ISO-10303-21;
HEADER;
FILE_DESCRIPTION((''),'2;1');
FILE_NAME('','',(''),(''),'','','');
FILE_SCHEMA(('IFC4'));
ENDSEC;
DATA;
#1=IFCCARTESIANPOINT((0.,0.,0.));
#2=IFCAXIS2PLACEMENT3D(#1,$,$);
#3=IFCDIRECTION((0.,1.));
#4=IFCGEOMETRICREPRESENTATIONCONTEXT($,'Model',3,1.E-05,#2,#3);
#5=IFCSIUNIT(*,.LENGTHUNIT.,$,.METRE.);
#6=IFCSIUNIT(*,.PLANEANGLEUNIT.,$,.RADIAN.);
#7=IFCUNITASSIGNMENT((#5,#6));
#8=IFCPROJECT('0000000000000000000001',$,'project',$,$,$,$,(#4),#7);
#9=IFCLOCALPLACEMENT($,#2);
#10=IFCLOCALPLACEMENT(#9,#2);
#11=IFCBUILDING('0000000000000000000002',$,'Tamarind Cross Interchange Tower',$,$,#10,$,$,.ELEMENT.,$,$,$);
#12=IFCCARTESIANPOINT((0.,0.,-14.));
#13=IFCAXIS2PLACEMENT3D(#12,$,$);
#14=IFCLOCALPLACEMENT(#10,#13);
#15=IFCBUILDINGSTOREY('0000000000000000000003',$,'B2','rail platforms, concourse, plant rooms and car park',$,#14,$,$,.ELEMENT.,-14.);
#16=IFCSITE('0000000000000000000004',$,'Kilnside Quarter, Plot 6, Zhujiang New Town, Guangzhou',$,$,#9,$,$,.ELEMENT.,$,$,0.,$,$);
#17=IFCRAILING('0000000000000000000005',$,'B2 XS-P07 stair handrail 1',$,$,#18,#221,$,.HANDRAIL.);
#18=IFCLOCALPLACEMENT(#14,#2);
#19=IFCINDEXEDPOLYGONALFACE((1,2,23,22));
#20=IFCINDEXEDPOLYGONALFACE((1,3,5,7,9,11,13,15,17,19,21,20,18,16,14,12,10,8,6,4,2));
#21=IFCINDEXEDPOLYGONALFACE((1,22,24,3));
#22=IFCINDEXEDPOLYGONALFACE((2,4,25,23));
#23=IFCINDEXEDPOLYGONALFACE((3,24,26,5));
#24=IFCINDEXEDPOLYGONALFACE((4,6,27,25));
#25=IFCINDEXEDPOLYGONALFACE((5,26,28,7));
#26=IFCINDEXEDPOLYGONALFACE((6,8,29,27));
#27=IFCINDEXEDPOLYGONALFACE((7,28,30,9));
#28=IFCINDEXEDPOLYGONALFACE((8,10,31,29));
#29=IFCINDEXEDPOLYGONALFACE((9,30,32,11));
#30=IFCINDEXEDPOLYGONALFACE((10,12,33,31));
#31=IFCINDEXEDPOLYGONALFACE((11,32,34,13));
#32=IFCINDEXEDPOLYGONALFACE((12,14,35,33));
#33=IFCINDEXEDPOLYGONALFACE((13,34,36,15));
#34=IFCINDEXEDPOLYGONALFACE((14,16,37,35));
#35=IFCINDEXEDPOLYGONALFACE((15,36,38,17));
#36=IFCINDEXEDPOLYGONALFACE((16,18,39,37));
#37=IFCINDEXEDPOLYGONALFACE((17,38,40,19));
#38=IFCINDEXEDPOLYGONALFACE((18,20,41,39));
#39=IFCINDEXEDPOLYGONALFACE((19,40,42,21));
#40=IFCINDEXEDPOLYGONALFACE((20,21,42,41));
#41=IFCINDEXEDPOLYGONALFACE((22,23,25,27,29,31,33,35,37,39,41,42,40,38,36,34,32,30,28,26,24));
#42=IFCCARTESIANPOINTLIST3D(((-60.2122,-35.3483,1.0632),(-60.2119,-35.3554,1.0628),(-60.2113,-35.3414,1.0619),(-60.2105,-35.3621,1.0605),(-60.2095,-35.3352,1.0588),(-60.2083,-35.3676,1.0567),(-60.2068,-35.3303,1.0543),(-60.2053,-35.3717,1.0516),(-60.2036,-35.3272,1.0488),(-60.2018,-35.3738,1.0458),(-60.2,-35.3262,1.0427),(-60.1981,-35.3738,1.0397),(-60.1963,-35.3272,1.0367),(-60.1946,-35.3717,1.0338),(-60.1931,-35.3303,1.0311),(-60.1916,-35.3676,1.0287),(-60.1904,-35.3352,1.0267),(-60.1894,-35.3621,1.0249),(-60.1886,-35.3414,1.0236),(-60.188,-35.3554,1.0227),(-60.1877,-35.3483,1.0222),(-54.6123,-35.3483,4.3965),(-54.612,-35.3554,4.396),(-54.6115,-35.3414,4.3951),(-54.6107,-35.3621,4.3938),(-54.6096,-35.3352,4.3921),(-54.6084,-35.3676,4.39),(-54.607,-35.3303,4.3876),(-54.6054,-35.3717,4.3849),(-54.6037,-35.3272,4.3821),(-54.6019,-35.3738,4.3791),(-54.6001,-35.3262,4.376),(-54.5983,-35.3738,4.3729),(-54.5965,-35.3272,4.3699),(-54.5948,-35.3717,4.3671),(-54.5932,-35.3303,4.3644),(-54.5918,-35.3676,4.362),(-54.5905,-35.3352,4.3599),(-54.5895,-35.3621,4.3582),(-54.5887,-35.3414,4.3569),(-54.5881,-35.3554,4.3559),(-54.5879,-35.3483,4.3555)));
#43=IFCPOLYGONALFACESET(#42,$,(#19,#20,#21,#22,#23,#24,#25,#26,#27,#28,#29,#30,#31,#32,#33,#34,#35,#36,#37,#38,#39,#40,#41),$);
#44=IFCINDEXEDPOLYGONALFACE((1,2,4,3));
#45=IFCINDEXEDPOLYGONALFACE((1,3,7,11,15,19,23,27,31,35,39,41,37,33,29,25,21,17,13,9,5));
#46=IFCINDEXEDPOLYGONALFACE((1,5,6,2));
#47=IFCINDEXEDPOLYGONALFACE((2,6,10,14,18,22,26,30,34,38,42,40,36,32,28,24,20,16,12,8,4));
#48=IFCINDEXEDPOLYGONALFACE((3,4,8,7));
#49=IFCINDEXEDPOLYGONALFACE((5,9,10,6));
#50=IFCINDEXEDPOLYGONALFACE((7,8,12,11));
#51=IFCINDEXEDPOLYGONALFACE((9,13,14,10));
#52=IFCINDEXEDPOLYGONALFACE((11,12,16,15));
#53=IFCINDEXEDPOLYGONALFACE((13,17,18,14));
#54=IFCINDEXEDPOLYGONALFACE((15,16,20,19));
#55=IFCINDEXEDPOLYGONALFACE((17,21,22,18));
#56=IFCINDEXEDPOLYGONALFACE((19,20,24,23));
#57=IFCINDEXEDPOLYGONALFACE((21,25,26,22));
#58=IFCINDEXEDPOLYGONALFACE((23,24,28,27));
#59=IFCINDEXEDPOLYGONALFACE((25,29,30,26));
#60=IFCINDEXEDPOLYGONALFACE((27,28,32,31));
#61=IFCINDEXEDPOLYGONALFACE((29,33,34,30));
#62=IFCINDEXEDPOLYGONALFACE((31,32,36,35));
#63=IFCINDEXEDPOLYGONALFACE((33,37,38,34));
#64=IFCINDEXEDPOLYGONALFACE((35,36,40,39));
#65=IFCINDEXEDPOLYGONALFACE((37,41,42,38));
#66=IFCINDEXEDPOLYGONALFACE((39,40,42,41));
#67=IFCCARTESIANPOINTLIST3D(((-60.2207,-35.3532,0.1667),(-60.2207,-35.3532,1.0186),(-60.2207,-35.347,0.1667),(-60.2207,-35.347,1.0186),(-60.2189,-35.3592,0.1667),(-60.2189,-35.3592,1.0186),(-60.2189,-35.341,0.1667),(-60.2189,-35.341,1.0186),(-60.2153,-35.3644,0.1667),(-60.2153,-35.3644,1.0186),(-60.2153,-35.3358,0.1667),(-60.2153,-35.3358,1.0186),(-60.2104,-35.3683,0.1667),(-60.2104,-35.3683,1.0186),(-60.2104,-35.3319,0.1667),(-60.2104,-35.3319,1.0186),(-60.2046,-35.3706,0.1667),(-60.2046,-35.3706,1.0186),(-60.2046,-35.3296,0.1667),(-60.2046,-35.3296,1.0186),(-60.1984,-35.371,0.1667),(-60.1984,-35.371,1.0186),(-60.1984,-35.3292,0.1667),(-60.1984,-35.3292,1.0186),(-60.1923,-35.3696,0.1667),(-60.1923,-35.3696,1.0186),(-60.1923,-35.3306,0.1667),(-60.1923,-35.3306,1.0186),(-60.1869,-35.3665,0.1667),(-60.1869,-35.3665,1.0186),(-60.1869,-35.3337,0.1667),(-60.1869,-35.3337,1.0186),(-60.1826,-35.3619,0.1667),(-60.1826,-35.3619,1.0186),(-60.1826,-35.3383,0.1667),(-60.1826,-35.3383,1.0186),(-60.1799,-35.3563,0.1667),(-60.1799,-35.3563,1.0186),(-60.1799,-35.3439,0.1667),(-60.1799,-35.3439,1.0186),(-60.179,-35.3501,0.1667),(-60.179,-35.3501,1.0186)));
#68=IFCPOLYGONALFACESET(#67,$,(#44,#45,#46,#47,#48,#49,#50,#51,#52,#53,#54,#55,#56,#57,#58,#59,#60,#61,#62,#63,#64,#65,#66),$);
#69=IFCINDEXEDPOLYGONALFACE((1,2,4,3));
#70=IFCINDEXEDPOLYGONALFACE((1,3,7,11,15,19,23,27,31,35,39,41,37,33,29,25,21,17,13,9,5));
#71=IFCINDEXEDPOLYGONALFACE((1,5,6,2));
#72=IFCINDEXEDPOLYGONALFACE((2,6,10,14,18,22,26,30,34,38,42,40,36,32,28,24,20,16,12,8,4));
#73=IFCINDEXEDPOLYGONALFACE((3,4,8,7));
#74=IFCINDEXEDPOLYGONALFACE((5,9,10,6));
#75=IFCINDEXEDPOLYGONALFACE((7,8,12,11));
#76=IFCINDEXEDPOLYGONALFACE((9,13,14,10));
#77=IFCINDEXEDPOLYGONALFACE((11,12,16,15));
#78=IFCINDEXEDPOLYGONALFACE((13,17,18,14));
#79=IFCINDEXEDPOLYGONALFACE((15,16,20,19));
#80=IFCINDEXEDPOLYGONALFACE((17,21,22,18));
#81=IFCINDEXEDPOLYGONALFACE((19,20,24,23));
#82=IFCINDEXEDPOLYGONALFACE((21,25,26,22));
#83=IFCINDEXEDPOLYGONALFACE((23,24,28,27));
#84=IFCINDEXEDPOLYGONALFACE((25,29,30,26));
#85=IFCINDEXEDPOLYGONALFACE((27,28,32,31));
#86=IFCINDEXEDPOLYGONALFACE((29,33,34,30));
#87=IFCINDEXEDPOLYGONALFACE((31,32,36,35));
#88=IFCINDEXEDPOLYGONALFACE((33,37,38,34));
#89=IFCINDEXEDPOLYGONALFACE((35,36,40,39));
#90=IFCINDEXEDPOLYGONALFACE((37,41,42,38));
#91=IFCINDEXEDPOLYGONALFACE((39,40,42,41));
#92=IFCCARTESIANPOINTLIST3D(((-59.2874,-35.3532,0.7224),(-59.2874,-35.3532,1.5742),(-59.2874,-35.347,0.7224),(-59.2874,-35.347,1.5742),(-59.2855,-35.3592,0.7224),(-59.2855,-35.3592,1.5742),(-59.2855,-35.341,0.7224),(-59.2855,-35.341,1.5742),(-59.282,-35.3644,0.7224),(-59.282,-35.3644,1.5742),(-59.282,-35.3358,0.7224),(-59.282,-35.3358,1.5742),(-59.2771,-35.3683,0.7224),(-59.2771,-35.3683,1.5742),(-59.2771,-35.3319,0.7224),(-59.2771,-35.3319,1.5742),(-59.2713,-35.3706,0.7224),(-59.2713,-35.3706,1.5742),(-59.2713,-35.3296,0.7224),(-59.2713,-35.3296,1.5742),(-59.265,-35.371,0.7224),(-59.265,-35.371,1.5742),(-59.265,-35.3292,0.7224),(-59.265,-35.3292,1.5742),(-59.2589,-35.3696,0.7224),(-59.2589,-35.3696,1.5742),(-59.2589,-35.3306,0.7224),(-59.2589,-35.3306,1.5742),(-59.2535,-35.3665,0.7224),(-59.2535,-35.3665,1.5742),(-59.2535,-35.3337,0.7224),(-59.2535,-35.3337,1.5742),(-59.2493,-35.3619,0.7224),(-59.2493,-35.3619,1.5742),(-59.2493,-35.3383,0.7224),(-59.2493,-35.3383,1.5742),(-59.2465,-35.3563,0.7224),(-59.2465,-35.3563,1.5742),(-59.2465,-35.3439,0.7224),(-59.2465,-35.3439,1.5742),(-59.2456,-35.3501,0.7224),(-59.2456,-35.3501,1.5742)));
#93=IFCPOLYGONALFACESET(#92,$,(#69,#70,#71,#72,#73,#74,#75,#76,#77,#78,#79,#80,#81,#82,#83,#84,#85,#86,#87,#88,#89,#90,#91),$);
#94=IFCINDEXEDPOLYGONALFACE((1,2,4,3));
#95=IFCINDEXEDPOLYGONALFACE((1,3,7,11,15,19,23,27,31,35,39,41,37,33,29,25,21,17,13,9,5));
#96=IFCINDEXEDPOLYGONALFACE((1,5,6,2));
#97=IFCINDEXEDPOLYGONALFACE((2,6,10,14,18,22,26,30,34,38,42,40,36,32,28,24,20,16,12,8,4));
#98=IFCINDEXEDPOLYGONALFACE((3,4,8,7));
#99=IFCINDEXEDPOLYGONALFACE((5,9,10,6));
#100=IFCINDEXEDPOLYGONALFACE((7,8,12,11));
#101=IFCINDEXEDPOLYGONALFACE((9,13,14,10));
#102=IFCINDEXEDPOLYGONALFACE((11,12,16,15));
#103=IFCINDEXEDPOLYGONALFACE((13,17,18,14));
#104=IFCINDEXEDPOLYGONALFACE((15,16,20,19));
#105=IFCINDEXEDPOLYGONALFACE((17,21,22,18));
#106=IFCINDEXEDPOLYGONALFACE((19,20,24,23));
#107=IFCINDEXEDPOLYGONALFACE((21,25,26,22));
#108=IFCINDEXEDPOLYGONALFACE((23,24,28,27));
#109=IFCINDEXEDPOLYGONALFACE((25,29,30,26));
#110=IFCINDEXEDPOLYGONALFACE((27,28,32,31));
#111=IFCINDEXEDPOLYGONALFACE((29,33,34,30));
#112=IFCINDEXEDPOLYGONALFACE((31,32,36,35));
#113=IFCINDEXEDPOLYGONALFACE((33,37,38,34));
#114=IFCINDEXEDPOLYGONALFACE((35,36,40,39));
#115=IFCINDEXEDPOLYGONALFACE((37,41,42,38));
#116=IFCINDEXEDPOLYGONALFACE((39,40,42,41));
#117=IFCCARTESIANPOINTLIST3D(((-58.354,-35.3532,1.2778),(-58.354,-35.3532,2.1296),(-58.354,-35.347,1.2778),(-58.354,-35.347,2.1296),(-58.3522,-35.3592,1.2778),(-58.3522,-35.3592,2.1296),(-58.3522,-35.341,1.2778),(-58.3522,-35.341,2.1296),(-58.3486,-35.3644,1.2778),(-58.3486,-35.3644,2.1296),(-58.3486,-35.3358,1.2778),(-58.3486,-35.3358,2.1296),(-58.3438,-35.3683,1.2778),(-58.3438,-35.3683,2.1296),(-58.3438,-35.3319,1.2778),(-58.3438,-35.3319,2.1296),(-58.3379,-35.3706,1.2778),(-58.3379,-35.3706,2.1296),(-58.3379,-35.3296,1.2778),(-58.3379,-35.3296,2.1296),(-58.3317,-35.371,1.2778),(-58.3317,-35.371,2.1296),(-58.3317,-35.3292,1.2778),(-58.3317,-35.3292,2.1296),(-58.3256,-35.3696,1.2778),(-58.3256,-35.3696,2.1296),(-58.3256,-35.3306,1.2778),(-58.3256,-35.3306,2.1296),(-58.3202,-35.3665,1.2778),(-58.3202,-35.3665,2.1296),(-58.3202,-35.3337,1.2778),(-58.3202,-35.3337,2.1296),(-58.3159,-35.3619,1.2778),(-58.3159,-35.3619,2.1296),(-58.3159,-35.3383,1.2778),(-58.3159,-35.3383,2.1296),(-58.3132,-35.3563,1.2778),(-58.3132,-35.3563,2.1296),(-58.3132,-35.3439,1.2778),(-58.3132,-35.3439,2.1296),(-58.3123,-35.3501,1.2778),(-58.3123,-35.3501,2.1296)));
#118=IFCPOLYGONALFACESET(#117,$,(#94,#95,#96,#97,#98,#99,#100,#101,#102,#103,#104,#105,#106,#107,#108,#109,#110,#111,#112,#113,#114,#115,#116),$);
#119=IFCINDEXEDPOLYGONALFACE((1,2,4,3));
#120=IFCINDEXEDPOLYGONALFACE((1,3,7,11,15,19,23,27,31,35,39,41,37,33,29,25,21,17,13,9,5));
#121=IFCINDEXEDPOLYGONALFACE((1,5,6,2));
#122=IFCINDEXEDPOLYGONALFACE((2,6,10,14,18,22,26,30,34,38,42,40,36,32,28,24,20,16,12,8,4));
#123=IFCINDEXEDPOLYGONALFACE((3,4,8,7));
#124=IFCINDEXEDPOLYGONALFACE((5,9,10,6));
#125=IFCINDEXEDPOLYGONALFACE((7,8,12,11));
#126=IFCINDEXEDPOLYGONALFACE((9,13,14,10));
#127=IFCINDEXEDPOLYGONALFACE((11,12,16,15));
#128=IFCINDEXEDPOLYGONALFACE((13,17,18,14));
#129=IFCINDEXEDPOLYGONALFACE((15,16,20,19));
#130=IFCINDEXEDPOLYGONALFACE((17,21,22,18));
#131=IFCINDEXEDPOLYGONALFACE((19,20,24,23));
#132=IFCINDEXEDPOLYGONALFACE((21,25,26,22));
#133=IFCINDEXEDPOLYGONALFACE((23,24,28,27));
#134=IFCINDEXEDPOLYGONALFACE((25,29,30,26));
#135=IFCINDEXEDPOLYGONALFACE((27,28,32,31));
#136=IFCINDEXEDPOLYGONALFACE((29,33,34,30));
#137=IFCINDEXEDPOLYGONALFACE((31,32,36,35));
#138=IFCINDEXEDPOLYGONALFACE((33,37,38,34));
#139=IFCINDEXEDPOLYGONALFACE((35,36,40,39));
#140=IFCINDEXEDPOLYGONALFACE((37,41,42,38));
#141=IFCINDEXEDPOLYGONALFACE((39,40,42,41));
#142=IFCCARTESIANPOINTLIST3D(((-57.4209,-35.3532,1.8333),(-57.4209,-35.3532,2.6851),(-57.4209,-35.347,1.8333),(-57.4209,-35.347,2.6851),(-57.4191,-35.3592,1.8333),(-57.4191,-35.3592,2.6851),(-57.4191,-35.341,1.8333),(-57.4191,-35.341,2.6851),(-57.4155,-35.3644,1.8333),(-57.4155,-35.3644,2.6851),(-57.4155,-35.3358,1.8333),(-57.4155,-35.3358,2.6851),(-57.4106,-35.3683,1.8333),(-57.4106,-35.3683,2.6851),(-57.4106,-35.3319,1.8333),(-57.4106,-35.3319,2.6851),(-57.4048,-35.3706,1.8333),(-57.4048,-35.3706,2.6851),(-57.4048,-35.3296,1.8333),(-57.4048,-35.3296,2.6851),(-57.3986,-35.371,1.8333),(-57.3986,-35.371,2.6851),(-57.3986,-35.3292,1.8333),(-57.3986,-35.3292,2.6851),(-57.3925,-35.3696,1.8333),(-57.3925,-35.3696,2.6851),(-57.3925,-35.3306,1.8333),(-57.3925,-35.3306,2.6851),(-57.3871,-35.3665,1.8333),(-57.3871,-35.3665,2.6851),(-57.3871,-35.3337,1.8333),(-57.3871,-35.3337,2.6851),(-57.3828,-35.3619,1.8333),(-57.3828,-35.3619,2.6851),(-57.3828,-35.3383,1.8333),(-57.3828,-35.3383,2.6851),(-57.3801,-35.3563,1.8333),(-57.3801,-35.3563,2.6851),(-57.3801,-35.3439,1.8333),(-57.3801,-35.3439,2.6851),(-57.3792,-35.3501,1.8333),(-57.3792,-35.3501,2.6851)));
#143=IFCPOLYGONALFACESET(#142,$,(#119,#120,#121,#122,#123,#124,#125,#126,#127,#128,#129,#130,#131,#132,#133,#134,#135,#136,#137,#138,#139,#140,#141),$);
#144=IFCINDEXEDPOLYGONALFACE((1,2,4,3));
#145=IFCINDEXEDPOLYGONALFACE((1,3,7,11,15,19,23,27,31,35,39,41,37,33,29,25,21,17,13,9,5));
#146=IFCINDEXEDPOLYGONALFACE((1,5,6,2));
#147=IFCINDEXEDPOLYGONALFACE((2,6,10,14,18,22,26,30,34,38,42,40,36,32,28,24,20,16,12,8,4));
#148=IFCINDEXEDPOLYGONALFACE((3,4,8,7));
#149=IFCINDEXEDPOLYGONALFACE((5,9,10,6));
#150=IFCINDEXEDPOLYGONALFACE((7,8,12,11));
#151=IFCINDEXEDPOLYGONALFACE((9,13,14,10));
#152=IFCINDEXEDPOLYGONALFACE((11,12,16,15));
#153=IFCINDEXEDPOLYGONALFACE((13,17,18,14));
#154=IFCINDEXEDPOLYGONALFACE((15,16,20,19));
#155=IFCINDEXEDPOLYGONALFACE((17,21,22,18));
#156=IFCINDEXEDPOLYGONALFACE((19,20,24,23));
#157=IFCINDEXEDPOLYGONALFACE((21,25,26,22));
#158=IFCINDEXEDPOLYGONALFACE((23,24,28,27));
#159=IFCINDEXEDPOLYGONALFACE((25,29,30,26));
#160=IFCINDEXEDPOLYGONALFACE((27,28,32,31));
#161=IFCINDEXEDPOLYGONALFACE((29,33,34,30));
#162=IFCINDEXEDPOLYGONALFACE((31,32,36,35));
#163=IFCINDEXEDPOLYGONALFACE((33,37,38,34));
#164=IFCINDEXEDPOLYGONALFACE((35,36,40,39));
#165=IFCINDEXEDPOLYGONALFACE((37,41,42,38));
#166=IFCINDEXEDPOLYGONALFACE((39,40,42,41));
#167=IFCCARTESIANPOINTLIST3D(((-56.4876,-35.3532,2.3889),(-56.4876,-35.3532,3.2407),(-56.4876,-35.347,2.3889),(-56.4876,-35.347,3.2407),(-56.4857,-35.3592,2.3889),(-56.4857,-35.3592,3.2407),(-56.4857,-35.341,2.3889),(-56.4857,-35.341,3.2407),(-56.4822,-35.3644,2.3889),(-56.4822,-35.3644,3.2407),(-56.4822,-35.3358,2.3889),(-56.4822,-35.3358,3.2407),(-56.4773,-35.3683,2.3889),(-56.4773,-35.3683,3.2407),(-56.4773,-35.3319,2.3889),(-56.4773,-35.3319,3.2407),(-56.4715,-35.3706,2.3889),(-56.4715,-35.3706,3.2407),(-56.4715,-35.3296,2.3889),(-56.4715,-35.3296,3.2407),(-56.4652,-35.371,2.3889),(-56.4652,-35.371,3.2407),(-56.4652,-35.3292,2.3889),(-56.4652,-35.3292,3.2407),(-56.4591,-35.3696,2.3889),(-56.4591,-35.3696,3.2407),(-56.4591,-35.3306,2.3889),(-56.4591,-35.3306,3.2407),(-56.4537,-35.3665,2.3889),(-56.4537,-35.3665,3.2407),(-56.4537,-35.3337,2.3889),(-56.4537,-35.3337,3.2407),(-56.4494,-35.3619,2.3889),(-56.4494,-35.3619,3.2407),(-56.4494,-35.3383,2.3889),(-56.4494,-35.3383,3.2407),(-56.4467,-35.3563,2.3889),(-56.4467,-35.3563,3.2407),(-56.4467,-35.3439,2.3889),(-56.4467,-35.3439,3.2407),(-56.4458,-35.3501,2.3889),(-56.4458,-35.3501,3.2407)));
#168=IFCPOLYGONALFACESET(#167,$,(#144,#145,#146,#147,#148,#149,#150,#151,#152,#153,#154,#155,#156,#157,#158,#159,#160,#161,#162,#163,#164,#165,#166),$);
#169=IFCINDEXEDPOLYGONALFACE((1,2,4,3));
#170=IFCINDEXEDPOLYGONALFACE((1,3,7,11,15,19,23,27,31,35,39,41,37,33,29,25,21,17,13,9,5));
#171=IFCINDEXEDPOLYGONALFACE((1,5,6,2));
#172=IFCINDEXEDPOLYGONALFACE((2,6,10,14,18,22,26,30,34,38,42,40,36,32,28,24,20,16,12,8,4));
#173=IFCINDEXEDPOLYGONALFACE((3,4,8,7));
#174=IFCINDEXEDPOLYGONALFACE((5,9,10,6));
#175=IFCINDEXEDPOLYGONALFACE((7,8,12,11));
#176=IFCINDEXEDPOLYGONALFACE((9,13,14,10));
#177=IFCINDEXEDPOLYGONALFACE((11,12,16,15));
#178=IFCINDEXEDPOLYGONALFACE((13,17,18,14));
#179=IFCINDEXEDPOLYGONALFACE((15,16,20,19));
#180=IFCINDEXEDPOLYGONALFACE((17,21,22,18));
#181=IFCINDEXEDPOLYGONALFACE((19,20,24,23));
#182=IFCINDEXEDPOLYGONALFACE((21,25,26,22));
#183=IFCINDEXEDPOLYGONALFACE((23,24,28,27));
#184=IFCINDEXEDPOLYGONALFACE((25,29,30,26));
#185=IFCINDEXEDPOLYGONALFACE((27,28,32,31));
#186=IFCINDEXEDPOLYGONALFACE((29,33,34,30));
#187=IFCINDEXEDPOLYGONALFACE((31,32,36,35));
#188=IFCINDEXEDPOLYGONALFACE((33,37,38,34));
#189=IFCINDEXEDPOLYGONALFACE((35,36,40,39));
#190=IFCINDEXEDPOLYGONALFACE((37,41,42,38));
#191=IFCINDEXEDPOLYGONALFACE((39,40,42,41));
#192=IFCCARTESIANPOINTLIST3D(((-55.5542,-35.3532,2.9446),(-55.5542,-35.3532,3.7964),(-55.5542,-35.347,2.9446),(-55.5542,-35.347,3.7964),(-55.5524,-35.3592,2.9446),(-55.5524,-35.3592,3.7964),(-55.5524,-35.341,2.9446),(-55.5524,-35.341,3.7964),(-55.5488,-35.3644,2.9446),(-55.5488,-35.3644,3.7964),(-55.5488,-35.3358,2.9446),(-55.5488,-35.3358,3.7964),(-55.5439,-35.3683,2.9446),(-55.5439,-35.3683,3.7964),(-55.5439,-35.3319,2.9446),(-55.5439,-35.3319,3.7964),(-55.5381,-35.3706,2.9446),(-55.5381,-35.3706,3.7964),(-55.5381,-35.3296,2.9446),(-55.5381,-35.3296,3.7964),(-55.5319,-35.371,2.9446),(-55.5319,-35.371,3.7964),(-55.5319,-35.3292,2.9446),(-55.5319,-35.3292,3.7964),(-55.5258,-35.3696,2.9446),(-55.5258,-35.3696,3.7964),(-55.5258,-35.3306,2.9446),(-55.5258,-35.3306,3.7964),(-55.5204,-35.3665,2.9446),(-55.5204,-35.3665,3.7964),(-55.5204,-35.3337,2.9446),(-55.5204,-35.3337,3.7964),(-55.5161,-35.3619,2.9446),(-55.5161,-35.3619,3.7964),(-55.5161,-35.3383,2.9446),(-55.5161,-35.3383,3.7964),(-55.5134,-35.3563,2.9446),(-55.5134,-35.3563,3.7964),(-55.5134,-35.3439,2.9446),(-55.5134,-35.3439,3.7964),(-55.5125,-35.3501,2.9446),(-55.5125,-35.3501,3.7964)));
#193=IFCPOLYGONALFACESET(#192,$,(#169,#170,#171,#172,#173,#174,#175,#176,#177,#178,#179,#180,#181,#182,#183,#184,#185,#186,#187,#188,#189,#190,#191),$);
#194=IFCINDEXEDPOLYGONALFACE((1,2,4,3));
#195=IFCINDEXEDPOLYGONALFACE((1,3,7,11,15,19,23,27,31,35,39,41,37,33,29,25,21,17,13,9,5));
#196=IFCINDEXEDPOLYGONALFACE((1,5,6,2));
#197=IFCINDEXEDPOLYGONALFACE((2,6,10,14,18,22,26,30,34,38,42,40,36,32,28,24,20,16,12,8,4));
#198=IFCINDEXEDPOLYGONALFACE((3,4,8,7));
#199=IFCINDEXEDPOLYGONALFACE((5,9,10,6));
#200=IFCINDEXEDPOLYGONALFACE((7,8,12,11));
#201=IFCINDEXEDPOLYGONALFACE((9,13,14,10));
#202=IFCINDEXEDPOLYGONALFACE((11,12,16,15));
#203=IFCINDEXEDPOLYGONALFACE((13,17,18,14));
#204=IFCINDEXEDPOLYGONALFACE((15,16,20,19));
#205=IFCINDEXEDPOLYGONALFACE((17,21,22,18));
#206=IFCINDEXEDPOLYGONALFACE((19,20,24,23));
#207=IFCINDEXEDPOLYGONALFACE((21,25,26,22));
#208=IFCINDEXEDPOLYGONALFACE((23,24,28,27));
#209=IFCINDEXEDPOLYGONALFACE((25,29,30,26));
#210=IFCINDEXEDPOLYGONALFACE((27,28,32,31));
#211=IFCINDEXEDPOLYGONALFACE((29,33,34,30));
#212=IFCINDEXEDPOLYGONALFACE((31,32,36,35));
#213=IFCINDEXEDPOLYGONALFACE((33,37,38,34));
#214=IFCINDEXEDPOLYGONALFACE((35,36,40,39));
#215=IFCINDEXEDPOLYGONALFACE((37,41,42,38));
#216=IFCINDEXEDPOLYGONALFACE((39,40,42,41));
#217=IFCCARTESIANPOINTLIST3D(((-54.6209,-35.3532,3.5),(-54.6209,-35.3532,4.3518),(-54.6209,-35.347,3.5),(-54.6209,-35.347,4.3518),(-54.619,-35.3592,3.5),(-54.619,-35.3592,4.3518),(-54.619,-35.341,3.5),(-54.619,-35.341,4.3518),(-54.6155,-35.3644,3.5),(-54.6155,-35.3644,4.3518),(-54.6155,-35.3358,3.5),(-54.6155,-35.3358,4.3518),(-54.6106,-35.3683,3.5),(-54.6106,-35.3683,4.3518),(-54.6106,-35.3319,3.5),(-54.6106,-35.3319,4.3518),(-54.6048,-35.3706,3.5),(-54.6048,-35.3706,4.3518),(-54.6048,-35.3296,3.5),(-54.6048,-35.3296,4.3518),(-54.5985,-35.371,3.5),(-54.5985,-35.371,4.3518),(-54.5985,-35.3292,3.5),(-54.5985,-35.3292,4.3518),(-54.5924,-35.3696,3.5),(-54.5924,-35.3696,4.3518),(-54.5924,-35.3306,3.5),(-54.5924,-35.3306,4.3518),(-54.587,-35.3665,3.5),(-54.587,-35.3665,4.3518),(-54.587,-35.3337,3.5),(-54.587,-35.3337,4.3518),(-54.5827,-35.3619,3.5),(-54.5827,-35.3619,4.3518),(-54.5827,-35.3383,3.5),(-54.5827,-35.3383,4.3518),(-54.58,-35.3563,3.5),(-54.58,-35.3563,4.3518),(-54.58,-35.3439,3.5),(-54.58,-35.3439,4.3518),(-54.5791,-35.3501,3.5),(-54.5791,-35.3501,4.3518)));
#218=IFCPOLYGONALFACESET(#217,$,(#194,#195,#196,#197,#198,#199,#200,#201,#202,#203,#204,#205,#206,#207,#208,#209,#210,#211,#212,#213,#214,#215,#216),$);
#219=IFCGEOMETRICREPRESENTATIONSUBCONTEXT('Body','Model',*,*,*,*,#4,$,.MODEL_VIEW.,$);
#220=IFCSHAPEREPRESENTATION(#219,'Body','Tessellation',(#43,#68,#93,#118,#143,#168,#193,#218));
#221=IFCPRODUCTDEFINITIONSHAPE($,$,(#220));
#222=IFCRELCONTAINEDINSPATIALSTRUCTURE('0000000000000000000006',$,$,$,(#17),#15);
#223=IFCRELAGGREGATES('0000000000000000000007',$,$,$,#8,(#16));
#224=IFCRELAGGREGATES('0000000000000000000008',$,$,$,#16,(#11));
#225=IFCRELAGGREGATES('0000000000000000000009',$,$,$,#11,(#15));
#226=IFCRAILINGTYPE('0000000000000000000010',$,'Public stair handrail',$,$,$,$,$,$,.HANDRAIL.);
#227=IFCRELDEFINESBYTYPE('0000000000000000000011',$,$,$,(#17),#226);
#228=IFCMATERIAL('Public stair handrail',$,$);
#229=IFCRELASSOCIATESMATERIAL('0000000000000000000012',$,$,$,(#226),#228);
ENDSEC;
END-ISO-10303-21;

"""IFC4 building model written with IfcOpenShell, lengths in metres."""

from ifc_helpers import new_model, si_unit, direction, frame, origin, origin_2d, place, context, subcontext, project, spatial, circle, extrude, material, type_object, element, save


model = new_model("IFC4")

# Units and contexts
model_context = context("Model", 3, precision=1e-05, world=origin(), true_north=direction((0.0, 1.0)))
body_context = subcontext(model_context, "Body", "Model", "MODEL_VIEW")
ifc_project = project(units=[si_unit("LENGTHUNIT", "METRE"), si_unit("PLANEANGLEUNIT", "RADIAN")], contexts=[model_context])

# Site, building, storey
site_placement = place(None, origin())
site = spatial("IfcSite", under=ifc_project, at=site_placement, Name="Kilnside Quarter, Plot 6, Zhujiang New Town, Guangzhou", CompositionType="ELEMENT", RefElevation=0.0)
building_placement = place(site_placement, origin())
building = spatial("IfcBuilding", under=site, at=building_placement, Name="Tamarind Cross Interchange Tower", CompositionType="ELEMENT")
storey_placement = place(building_placement, frame((0.0, 0.0, -14.0)))
storey = spatial("IfcBuildingStorey", under=building, at=storey_placement, Name="B2", Description="rail platforms, concourse, plant rooms and car park", CompositionType="ELEMENT", Elevation=-14.0)

# Railing
ifc_material_1 = material(Name="Public stair handrail")
railing_type_1 = type_object("IfcRailingType", Name="Public stair handrail", PredefinedType="HANDRAIL", material=ifc_material_1)
railing_1_placement = place(storey_placement, frame((-60.2, -35.3501, 0.1667)))
element("IfcRailing", 1, at=railing_1_placement, inside=storey, type_object=railing_type_1, Name="B2 XS-P07 stair handrail 1", PredefinedType="HANDRAIL", context=body_context, shape_type="SweptSolid", body=[
    extrude(circle(Radius=0.0239, at=origin_2d()), frame((0.0, 0.0, 0.876), z_axis=(0.859292, 0.0, 0.511485), x_axis=(0.0, 1.0, 0.0)), (0.0, 0.0, 1.0), 6.5168),
    extrude(circle(Radius=0.021, at=origin_2d()), origin(), (0.0, 0.0, 1.0), 0.8518),
    extrude(circle(Radius=0.021, at=origin_2d()), frame((0.9333, 0.0, 0.5557)), (0.0, 0.0, 1.0), 0.8518),
    extrude(circle(Radius=0.021, at=origin_2d()), frame((1.8667, 0.0, 1.1111)), (0.0, 0.0, 1.0), 0.8518),
    extrude(circle(Radius=0.021, at=origin_2d()), frame((2.7998, 0.0, 1.6665)), (0.0, 0.0, 1.0), 0.8518),
    extrude(circle(Radius=0.021, at=origin_2d()), frame((3.7332, 0.0, 2.2222)), (0.0, 0.0, 1.0), 0.8518),
    extrude(circle(Radius=0.021, at=origin_2d()), frame((4.6665, 0.0, 2.7778)), (0.0, 0.0, 1.0), 0.8518),
    extrude(circle(Radius=0.021, at=origin_2d()), frame((5.5999, 0.0, 3.3333)), (0.0, 0.0, 1.0), 0.8518),
])

save(model, "model.ifc")
